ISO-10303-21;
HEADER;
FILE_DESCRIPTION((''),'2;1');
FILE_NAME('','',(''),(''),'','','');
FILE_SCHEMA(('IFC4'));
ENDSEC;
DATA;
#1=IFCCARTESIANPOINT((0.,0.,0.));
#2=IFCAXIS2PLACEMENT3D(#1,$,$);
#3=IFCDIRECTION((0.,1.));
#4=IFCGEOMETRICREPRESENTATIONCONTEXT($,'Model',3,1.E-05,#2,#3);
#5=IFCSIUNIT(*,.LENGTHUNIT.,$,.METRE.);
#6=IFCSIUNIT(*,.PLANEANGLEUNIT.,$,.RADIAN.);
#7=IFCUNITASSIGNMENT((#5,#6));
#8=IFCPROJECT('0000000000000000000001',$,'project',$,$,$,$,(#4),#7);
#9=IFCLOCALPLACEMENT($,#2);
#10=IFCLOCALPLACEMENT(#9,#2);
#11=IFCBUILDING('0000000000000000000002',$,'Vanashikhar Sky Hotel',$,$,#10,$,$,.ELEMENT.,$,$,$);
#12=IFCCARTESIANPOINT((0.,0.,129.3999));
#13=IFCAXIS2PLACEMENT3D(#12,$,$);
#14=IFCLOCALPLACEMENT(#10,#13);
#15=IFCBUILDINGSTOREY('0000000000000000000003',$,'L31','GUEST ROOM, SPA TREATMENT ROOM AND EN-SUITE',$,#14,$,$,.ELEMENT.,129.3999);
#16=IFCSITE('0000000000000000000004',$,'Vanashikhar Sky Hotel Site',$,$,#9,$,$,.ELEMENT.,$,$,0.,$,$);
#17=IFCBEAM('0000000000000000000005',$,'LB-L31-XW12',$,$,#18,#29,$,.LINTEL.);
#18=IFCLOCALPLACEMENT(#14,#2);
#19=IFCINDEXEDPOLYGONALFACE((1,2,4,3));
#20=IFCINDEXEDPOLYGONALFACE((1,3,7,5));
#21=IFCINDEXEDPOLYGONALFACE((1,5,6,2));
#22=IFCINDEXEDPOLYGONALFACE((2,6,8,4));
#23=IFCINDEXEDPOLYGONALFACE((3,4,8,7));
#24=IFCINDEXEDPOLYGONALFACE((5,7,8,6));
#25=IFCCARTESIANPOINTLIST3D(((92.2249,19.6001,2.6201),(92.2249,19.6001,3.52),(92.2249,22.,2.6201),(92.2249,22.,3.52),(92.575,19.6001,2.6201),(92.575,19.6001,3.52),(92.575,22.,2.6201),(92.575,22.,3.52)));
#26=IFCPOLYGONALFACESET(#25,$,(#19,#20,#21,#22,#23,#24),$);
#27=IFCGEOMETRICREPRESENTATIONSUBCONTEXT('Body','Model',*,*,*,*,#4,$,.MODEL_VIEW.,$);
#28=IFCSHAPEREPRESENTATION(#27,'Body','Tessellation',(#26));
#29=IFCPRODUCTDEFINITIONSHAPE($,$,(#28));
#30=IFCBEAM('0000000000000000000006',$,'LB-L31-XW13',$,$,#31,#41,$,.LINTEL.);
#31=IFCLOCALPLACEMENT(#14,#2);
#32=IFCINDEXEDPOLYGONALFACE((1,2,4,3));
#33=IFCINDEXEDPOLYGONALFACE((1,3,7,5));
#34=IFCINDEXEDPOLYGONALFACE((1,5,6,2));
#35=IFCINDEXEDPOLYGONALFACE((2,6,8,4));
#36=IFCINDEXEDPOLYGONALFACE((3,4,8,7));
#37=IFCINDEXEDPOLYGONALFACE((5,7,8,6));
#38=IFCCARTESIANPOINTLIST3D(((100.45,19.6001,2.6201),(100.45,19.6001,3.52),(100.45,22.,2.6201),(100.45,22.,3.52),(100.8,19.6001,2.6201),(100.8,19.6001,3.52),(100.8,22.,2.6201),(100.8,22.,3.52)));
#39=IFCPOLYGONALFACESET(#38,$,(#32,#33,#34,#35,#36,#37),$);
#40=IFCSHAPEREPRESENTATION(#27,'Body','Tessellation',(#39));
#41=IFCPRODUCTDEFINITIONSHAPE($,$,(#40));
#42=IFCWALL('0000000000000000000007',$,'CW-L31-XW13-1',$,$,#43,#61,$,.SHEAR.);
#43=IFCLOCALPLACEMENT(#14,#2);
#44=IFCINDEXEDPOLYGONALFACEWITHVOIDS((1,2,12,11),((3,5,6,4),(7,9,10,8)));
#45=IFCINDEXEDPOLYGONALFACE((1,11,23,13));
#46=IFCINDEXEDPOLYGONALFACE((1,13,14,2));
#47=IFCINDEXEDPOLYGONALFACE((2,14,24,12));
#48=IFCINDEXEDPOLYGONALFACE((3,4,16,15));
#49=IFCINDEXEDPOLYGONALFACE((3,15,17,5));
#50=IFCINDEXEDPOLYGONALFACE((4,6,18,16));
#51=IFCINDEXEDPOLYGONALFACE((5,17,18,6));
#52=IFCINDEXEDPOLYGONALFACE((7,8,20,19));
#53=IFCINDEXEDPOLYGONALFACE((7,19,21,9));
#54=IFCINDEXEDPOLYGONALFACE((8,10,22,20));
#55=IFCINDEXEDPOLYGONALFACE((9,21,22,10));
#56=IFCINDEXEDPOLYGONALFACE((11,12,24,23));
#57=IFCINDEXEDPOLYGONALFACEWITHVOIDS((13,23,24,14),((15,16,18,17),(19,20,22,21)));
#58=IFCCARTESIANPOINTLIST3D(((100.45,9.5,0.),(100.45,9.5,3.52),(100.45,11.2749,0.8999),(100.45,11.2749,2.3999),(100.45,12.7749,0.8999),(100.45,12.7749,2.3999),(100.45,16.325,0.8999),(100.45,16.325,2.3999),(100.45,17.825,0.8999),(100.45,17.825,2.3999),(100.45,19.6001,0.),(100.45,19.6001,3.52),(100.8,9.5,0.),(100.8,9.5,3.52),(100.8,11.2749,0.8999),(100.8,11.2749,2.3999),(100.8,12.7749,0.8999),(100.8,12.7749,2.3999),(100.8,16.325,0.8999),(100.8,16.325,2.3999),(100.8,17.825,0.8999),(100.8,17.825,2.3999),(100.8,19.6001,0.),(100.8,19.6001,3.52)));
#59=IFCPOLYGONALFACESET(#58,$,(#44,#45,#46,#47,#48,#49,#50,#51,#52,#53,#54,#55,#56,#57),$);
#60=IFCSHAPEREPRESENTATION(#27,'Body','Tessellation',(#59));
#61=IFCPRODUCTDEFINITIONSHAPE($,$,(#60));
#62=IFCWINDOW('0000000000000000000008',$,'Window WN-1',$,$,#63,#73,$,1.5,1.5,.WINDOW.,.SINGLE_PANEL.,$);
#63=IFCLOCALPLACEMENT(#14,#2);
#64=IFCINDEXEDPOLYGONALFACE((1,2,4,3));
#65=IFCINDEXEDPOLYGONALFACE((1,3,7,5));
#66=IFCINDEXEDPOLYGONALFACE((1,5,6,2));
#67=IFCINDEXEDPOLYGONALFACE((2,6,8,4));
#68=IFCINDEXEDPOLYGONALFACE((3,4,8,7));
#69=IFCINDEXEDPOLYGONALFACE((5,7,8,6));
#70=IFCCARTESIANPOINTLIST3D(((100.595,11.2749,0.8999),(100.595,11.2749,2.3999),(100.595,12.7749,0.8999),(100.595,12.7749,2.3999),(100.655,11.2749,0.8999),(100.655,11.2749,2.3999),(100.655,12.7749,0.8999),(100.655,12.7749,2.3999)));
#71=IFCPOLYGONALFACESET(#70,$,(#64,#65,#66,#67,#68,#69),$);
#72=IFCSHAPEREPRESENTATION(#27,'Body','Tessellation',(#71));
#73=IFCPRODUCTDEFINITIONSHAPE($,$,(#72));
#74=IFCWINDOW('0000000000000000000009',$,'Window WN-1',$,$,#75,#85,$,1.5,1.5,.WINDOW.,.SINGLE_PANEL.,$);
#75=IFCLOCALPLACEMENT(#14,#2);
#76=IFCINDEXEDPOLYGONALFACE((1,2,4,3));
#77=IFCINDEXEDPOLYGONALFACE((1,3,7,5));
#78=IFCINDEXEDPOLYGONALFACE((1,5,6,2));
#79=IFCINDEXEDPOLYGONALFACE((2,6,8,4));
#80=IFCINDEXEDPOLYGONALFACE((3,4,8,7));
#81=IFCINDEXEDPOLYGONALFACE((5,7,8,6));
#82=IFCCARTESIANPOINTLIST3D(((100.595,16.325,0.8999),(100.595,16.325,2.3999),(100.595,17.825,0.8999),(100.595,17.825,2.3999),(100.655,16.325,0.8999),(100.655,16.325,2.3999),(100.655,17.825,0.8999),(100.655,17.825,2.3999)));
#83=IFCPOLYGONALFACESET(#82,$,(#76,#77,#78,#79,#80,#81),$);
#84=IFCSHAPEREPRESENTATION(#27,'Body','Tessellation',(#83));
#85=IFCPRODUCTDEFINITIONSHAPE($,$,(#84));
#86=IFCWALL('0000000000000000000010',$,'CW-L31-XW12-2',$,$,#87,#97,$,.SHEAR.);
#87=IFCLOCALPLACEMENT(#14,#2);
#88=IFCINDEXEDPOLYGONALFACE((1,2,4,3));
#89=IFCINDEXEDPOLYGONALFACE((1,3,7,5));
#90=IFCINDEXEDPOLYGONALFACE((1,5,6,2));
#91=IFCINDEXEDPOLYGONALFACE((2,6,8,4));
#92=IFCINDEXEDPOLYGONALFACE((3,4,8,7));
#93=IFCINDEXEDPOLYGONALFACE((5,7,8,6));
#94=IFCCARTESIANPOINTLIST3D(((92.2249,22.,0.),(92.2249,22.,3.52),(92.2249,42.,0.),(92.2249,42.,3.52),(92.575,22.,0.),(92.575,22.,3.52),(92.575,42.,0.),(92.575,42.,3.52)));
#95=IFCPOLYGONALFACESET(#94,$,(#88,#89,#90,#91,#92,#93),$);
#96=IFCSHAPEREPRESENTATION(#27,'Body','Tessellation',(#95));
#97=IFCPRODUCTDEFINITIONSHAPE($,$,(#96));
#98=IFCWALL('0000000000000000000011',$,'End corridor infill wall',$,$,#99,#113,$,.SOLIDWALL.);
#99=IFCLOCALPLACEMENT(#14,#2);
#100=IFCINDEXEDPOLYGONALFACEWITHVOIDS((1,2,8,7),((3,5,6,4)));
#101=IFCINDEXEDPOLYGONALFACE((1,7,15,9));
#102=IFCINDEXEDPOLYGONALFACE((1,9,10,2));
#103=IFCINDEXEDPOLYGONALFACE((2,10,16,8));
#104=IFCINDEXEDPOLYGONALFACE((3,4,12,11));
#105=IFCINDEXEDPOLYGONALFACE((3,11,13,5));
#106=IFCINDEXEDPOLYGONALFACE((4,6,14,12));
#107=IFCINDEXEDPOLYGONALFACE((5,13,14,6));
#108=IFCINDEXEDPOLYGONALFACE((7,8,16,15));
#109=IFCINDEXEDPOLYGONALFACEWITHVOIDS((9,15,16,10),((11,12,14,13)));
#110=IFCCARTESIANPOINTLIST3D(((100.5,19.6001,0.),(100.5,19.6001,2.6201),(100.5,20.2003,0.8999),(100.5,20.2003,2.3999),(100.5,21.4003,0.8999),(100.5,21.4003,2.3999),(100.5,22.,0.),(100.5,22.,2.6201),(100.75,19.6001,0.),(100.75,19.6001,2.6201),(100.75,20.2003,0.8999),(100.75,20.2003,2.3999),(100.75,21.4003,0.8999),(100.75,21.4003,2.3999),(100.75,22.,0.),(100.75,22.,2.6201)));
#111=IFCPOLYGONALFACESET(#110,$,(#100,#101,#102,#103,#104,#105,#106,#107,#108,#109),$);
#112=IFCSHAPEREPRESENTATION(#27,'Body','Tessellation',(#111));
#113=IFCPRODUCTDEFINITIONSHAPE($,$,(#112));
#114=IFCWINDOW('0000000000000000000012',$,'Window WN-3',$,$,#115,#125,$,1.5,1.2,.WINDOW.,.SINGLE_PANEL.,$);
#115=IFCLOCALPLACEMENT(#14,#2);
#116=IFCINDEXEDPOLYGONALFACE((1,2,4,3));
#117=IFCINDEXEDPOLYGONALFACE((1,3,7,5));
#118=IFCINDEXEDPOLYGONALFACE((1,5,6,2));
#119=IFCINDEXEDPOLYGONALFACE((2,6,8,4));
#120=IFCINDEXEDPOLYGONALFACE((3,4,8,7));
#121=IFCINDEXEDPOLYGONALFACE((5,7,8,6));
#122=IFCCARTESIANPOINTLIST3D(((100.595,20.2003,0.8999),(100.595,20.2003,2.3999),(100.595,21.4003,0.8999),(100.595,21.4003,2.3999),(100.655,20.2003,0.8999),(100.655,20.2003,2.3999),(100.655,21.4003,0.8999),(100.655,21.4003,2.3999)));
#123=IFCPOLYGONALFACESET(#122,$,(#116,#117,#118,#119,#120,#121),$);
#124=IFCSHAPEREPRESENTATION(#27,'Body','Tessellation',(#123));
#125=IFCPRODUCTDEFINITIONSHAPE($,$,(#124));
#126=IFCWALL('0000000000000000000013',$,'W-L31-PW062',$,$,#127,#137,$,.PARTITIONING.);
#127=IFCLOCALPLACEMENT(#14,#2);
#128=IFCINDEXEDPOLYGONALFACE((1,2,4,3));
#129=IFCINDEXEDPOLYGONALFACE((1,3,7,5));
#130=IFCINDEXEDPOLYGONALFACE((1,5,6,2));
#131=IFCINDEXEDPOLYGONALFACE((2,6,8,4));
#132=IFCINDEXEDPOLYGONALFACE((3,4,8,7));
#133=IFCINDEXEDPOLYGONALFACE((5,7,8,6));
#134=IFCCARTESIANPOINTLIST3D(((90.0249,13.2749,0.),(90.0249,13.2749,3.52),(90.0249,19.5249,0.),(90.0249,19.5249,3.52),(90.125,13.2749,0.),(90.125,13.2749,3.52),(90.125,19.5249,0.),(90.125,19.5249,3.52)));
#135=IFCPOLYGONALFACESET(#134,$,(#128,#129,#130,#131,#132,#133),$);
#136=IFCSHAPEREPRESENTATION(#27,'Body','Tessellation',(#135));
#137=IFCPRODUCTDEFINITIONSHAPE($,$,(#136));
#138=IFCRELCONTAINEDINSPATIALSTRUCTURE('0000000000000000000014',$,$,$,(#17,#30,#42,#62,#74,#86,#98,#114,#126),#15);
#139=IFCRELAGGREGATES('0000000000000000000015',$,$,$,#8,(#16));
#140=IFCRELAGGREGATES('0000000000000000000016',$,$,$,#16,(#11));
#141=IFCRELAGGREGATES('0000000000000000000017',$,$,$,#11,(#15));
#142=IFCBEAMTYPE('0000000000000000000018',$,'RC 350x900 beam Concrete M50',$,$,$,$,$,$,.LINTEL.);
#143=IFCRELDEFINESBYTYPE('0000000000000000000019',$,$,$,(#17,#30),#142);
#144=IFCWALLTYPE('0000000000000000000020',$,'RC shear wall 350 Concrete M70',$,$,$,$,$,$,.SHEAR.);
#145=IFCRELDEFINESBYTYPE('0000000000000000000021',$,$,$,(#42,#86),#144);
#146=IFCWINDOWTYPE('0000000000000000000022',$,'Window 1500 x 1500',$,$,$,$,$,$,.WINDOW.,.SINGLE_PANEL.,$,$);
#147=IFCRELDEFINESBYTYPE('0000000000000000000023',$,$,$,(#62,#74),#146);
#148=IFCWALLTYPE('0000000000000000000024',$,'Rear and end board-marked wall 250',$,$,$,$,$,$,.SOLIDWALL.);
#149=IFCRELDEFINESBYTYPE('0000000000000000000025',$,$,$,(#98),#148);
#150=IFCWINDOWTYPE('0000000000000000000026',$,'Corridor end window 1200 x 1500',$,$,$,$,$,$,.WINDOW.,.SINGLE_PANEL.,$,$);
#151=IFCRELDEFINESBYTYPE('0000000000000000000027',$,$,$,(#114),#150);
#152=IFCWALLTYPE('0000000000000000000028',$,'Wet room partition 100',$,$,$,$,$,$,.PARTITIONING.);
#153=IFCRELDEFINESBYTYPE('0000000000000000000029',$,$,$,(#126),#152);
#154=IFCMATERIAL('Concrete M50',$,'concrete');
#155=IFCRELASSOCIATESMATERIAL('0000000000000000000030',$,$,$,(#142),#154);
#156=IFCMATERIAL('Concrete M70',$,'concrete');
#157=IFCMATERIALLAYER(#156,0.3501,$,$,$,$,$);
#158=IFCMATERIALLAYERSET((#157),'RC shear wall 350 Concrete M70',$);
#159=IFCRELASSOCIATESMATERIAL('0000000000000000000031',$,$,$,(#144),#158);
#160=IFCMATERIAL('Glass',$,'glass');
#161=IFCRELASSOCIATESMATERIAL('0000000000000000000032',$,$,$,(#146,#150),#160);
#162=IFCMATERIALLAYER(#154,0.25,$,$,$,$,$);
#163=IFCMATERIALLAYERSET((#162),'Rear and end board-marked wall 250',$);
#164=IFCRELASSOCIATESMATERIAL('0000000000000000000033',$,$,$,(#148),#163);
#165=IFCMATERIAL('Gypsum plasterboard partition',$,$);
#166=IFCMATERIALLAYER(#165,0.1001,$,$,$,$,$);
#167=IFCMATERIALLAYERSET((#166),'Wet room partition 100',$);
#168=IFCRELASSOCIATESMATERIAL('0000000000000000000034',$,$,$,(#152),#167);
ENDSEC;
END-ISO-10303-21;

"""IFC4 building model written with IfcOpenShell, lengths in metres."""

from ifc_helpers import new_model, si_unit, direction, frame, frame_2d, origin, origin_2d, place, context, subcontext, project, spatial, rectangle, extrude, source, transform, mapped, material, layer, layer_set, material_profile, profile_set, type_object, element, fill, save


model = new_model("IFC4")

# Units and contexts
model_context = context("Model", 3, precision=1e-05, world=origin(), true_north=direction((0.0, 1.0)))
body_context = subcontext(model_context, "Body", "Model", "MODEL_VIEW")
ifc_project = project(units=[si_unit("LENGTHUNIT", "METRE"), si_unit("PLANEANGLEUNIT", "RADIAN")], contexts=[model_context])

# Site, building, storey
site_placement = place(None, origin())
site = spatial("IfcSite", under=ifc_project, at=site_placement, Name="Vanashikhar Sky Hotel Site", CompositionType="ELEMENT", RefElevation=0.0)
building_placement = place(site_placement, origin())
building = spatial("IfcBuilding", under=site, at=building_placement, Name="Vanashikhar Sky Hotel", CompositionType="ELEMENT")
storey_placement = place(building_placement, frame((0.0, 0.0, 129.3999)))
storey = spatial("IfcBuildingStorey", under=building, at=storey_placement, Name="L31", Description="GUEST ROOM, SPA TREATMENT ROOM AND EN-SUITE", CompositionType="ELEMENT", Elevation=129.3999)

# Beams
ifc_material_1 = material(Name="Concrete M50", Category="concrete")
ifc_material_profile = material_profile(ifc_material_1, rectangle(XDim=0.3501, YDim=0.8999, at=origin_2d()))
ifc_profile_set = profile_set([ifc_material_profile], Name="RC 350x900 beam Concrete M50")
beam_type = type_object("IfcBeamType", Name="RC 350x900 beam Concrete M50", PredefinedType="LINTEL", material=ifc_profile_set)
shared_shape_1 = source(origin(), body_context, "Body", "SweptSolid", [
    extrude(rectangle(XDim=0.3501, YDim=0.8999, at=origin_2d()), origin(), (0.0, 0.0, 1.0), 2.3999),
])
for number, where, z_axis, x_axis, name in (
    (1, (92.3999, 19.6001, 3.0701), (0.0, 1.0, 0.0), (-1.0, 0.0, 0.0), "LB-L31-XW12"),
    (2, (100.625, 19.6001, 3.0701), (0.0, 1.0, 0.0), (-1.0, 0.0, 0.0), "LB-L31-XW13"),
):
    element("IfcBeam", number, at=place(storey_placement, frame(where, z_axis=z_axis, x_axis=x_axis)), inside=storey, type_object=beam_type, Name=name, PredefinedType="LINTEL", context=body_context, shape_type="MappedRepresentation", body=[
        mapped(shared_shape_1, transform((0.0, 0.0, 0.0), scale=1.0)),
    ])

# Wall, openings, windows
ifc_material_2 = material(Name="Concrete M70", Category="concrete")
ifc_layer_1 = layer(ifc_material_2, 0.3501)
ifc_layer_set_1 = layer_set([ifc_layer_1], Name="RC shear wall 350 Concrete M70")
wall_type_1 = type_object("IfcWallType", Name="RC shear wall 350 Concrete M70", PredefinedType="SHEAR", material=ifc_layer_set_1)
shared_shape_2 = source(origin(), body_context, "Body", "SweptSolid", [
    extrude(rectangle(XDim=10.1001, YDim=0.3501, at=frame_2d((5.05, 0.0))), origin(), (0.0, 0.0, 1.0), 3.52),
])
wall_1_placement = place(storey_placement, frame((100.625, 9.5, 0.0), z_axis=(0.0, 0.0, 1.0), x_axis=(0.0, 1.0, 0.0)))
wall_1 = element("IfcWall", 3, at=wall_1_placement, inside=storey, type_object=wall_type_1, Name="CW-L31-XW13-1", PredefinedType="SHEAR", context=body_context, shape_type="MappedRepresentation", body=[
    mapped(shared_shape_2, transform((0.0, 0.0, 0.0), scale=1.0)),
])
shared_shape_3 = source(origin(), body_context, "Body", "SweptSolid", [
    extrude(rectangle(XDim=1.5, YDim=1.5, at=frame_2d((0.75, 0.75))), frame((0.0, 0.1851, 0.0), z_axis=(0.0, -1.0, 0.0), x_axis=(1.0, 0.0, 0.0)), (0.0, 0.0, 1.0), 0.3701),
])
opening_1_placement = place(wall_1_placement, frame((1.7749, 0.0, 0.8999)))
opening_1 = element("IfcOpeningElement", 4, at=opening_1_placement, cuts=wall_1, PredefinedType="OPENING", context=body_context, shape_type="MappedRepresentation", body=[
    mapped(shared_shape_3, transform((0.0, 0.0, 0.0), scale=1.0)),
])
opening_2_placement = place(wall_1_placement, frame((6.825, 0.0, 0.8999)))
opening_2 = element("IfcOpeningElement", 5, at=opening_2_placement, cuts=wall_1, PredefinedType="OPENING", context=body_context, shape_type="MappedRepresentation", body=[
    mapped(shared_shape_3, transform((0.0, 0.0, 0.0), scale=1.0)),
])
ifc_material_3 = material(Name="Glass", Category="glass")
window_type_1 = type_object("IfcWindowType", Name="Window 1500 x 1500", PartitioningType="SINGLE_PANEL", PredefinedType="WINDOW", material=ifc_material_3)
shared_shape_4 = source(origin(), body_context, "Body", "SweptSolid", [
    extrude(rectangle(XDim=1.5, YDim=1.5, at=frame_2d((0.75, 0.75))), frame((0.0, 0.03, 0.0), z_axis=(0.0, -1.0, 0.0), x_axis=(1.0, 0.0, 0.0)), (0.0, 0.0, 1.0), 0.0601),
])
window_1_placement = place(opening_1_placement, origin())
window_1 = element("IfcWindow", 6, at=window_1_placement, inside=storey, type_object=window_type_1, Name="Window WN-1", OverallHeight=1.5, OverallWidth=1.5, PartitioningType="SINGLE_PANEL", PredefinedType="WINDOW", context=body_context, shape_type="MappedRepresentation", body=[
    mapped(shared_shape_4, transform((0.0, 0.0, 0.0), scale=1.0)),
])
fill(opening_1, window_1)
window_2_placement = place(opening_2_placement, origin())
window_2 = element("IfcWindow", 7, at=window_2_placement, inside=storey, type_object=window_type_1, Name="Window WN-1", OverallHeight=1.5, OverallWidth=1.5, PartitioningType="SINGLE_PANEL", PredefinedType="WINDOW", context=body_context, shape_type="MappedRepresentation", body=[
    mapped(shared_shape_4, transform((0.0, 0.0, 0.0), scale=1.0)),
])
fill(opening_2, window_2)

# Wall
shared_shape_5 = source(origin(), body_context, "Body", "SweptSolid", [
    extrude(rectangle(XDim=20.0, YDim=0.3501, at=frame_2d((10.0, 0.0))), origin(), (0.0, 0.0, 1.0), 3.52),
])
wall_2_placement = place(storey_placement, frame((92.3999, 22.0, 0.0), z_axis=(0.0, 0.0, 1.0), x_axis=(0.0, 1.0, 0.0)))
element("IfcWall", 8, at=wall_2_placement, inside=storey, type_object=wall_type_1, Name="CW-L31-XW12-2", PredefinedType="SHEAR", context=body_context, shape_type="MappedRepresentation", body=[
    mapped(shared_shape_5, transform((0.0, 0.0, 0.0), scale=1.0)),
])

# Wall, opening, window
ifc_layer_2 = layer(ifc_material_1, 0.25)
ifc_layer_set_2 = layer_set([ifc_layer_2], Name="Rear and end board-marked wall 250")
wall_type_2 = type_object("IfcWallType", Name="Rear and end board-marked wall 250", PredefinedType="SOLIDWALL", material=ifc_layer_set_2)
shared_shape_6 = source(origin(), body_context, "Body", "SweptSolid", [
    extrude(rectangle(XDim=2.3999, YDim=0.25, at=frame_2d((1.2, 0.0))), origin(), (0.0, 0.0, 1.0), 2.6201),
])
wall_3_placement = place(storey_placement, frame((100.625, 19.6001, 0.0), z_axis=(0.0, 0.0, 1.0), x_axis=(0.0, 1.0, 0.0)))
wall_3 = element("IfcWall", 9, at=wall_3_placement, inside=storey, type_object=wall_type_2, Name="End corridor infill wall", PredefinedType="SOLIDWALL", context=body_context, shape_type="MappedRepresentation", body=[
    mapped(shared_shape_6, transform((0.0, 0.0, 0.0), scale=1.0)),
])
shared_shape_7 = source(origin(), body_context, "Body", "SweptSolid", [
    extrude(rectangle(XDim=1.2, YDim=1.5, at=frame_2d((0.6001, 0.75))), frame((0.0, 0.135, 0.0), z_axis=(0.0, -1.0, 0.0), x_axis=(1.0, 0.0, 0.0)), (0.0, 0.0, 1.0), 0.27),
])
opening_3_placement = place(wall_3_placement, frame((0.6001, 0.0, 0.8999)))
opening_3 = element("IfcOpeningElement", 10, at=opening_3_placement, cuts=wall_3, PredefinedType="OPENING", context=body_context, shape_type="MappedRepresentation", body=[
    mapped(shared_shape_7, transform((0.0, 0.0, 0.0), scale=1.0)),
])
window_type_2 = type_object("IfcWindowType", Name="Corridor end window 1200 x 1500", PartitioningType="SINGLE_PANEL", PredefinedType="WINDOW", material=ifc_material_3)
shared_shape_8 = source(origin(), body_context, "Body", "SweptSolid", [
    extrude(rectangle(XDim=1.2, YDim=1.5, at=frame_2d((0.6001, 0.75))), frame((0.0, 0.03, 0.0), z_axis=(0.0, -1.0, 0.0), x_axis=(1.0, 0.0, 0.0)), (0.0, 0.0, 1.0), 0.0601),
])
window_3_placement = place(opening_3_placement, origin())
window_3 = element("IfcWindow", 11, at=window_3_placement, inside=storey, type_object=window_type_2, Name="Window WN-3", OverallHeight=1.5, OverallWidth=1.2, PartitioningType="SINGLE_PANEL", PredefinedType="WINDOW", context=body_context, shape_type="MappedRepresentation", body=[
    mapped(shared_shape_8, transform((0.0, 0.0, 0.0), scale=1.0)),
])
fill(opening_3, window_3)

# Wall
ifc_material_4 = material(Name="Gypsum plasterboard partition")
ifc_layer_3 = layer(ifc_material_4, 0.1001)
ifc_layer_set_3 = layer_set([ifc_layer_3], Name="Wet room partition 100")
wall_type_3 = type_object("IfcWallType", Name="Wet room partition 100", PredefinedType="PARTITIONING", material=ifc_layer_set_3)
shared_shape_9 = source(origin(), body_context, "Body", "SweptSolid", [
    extrude(rectangle(XDim=6.25, YDim=0.1001, at=frame_2d((3.125, 0.0))), origin(), (0.0, 0.0, 1.0), 3.52),
])
wall_4_placement = place(storey_placement, frame((90.075, 13.2749, 0.0), z_axis=(0.0, 0.0, 1.0), x_axis=(0.0, 1.0, 0.0)))
element("IfcWall", 12, at=wall_4_placement, inside=storey, type_object=wall_type_3, Name="W-L31-PW062", PredefinedType="PARTITIONING", context=body_context, shape_type="MappedRepresentation", body=[
    mapped(shared_shape_9, transform((0.0, 0.0, 0.0), scale=1.0)),
])

save(model, "model.ifc")
